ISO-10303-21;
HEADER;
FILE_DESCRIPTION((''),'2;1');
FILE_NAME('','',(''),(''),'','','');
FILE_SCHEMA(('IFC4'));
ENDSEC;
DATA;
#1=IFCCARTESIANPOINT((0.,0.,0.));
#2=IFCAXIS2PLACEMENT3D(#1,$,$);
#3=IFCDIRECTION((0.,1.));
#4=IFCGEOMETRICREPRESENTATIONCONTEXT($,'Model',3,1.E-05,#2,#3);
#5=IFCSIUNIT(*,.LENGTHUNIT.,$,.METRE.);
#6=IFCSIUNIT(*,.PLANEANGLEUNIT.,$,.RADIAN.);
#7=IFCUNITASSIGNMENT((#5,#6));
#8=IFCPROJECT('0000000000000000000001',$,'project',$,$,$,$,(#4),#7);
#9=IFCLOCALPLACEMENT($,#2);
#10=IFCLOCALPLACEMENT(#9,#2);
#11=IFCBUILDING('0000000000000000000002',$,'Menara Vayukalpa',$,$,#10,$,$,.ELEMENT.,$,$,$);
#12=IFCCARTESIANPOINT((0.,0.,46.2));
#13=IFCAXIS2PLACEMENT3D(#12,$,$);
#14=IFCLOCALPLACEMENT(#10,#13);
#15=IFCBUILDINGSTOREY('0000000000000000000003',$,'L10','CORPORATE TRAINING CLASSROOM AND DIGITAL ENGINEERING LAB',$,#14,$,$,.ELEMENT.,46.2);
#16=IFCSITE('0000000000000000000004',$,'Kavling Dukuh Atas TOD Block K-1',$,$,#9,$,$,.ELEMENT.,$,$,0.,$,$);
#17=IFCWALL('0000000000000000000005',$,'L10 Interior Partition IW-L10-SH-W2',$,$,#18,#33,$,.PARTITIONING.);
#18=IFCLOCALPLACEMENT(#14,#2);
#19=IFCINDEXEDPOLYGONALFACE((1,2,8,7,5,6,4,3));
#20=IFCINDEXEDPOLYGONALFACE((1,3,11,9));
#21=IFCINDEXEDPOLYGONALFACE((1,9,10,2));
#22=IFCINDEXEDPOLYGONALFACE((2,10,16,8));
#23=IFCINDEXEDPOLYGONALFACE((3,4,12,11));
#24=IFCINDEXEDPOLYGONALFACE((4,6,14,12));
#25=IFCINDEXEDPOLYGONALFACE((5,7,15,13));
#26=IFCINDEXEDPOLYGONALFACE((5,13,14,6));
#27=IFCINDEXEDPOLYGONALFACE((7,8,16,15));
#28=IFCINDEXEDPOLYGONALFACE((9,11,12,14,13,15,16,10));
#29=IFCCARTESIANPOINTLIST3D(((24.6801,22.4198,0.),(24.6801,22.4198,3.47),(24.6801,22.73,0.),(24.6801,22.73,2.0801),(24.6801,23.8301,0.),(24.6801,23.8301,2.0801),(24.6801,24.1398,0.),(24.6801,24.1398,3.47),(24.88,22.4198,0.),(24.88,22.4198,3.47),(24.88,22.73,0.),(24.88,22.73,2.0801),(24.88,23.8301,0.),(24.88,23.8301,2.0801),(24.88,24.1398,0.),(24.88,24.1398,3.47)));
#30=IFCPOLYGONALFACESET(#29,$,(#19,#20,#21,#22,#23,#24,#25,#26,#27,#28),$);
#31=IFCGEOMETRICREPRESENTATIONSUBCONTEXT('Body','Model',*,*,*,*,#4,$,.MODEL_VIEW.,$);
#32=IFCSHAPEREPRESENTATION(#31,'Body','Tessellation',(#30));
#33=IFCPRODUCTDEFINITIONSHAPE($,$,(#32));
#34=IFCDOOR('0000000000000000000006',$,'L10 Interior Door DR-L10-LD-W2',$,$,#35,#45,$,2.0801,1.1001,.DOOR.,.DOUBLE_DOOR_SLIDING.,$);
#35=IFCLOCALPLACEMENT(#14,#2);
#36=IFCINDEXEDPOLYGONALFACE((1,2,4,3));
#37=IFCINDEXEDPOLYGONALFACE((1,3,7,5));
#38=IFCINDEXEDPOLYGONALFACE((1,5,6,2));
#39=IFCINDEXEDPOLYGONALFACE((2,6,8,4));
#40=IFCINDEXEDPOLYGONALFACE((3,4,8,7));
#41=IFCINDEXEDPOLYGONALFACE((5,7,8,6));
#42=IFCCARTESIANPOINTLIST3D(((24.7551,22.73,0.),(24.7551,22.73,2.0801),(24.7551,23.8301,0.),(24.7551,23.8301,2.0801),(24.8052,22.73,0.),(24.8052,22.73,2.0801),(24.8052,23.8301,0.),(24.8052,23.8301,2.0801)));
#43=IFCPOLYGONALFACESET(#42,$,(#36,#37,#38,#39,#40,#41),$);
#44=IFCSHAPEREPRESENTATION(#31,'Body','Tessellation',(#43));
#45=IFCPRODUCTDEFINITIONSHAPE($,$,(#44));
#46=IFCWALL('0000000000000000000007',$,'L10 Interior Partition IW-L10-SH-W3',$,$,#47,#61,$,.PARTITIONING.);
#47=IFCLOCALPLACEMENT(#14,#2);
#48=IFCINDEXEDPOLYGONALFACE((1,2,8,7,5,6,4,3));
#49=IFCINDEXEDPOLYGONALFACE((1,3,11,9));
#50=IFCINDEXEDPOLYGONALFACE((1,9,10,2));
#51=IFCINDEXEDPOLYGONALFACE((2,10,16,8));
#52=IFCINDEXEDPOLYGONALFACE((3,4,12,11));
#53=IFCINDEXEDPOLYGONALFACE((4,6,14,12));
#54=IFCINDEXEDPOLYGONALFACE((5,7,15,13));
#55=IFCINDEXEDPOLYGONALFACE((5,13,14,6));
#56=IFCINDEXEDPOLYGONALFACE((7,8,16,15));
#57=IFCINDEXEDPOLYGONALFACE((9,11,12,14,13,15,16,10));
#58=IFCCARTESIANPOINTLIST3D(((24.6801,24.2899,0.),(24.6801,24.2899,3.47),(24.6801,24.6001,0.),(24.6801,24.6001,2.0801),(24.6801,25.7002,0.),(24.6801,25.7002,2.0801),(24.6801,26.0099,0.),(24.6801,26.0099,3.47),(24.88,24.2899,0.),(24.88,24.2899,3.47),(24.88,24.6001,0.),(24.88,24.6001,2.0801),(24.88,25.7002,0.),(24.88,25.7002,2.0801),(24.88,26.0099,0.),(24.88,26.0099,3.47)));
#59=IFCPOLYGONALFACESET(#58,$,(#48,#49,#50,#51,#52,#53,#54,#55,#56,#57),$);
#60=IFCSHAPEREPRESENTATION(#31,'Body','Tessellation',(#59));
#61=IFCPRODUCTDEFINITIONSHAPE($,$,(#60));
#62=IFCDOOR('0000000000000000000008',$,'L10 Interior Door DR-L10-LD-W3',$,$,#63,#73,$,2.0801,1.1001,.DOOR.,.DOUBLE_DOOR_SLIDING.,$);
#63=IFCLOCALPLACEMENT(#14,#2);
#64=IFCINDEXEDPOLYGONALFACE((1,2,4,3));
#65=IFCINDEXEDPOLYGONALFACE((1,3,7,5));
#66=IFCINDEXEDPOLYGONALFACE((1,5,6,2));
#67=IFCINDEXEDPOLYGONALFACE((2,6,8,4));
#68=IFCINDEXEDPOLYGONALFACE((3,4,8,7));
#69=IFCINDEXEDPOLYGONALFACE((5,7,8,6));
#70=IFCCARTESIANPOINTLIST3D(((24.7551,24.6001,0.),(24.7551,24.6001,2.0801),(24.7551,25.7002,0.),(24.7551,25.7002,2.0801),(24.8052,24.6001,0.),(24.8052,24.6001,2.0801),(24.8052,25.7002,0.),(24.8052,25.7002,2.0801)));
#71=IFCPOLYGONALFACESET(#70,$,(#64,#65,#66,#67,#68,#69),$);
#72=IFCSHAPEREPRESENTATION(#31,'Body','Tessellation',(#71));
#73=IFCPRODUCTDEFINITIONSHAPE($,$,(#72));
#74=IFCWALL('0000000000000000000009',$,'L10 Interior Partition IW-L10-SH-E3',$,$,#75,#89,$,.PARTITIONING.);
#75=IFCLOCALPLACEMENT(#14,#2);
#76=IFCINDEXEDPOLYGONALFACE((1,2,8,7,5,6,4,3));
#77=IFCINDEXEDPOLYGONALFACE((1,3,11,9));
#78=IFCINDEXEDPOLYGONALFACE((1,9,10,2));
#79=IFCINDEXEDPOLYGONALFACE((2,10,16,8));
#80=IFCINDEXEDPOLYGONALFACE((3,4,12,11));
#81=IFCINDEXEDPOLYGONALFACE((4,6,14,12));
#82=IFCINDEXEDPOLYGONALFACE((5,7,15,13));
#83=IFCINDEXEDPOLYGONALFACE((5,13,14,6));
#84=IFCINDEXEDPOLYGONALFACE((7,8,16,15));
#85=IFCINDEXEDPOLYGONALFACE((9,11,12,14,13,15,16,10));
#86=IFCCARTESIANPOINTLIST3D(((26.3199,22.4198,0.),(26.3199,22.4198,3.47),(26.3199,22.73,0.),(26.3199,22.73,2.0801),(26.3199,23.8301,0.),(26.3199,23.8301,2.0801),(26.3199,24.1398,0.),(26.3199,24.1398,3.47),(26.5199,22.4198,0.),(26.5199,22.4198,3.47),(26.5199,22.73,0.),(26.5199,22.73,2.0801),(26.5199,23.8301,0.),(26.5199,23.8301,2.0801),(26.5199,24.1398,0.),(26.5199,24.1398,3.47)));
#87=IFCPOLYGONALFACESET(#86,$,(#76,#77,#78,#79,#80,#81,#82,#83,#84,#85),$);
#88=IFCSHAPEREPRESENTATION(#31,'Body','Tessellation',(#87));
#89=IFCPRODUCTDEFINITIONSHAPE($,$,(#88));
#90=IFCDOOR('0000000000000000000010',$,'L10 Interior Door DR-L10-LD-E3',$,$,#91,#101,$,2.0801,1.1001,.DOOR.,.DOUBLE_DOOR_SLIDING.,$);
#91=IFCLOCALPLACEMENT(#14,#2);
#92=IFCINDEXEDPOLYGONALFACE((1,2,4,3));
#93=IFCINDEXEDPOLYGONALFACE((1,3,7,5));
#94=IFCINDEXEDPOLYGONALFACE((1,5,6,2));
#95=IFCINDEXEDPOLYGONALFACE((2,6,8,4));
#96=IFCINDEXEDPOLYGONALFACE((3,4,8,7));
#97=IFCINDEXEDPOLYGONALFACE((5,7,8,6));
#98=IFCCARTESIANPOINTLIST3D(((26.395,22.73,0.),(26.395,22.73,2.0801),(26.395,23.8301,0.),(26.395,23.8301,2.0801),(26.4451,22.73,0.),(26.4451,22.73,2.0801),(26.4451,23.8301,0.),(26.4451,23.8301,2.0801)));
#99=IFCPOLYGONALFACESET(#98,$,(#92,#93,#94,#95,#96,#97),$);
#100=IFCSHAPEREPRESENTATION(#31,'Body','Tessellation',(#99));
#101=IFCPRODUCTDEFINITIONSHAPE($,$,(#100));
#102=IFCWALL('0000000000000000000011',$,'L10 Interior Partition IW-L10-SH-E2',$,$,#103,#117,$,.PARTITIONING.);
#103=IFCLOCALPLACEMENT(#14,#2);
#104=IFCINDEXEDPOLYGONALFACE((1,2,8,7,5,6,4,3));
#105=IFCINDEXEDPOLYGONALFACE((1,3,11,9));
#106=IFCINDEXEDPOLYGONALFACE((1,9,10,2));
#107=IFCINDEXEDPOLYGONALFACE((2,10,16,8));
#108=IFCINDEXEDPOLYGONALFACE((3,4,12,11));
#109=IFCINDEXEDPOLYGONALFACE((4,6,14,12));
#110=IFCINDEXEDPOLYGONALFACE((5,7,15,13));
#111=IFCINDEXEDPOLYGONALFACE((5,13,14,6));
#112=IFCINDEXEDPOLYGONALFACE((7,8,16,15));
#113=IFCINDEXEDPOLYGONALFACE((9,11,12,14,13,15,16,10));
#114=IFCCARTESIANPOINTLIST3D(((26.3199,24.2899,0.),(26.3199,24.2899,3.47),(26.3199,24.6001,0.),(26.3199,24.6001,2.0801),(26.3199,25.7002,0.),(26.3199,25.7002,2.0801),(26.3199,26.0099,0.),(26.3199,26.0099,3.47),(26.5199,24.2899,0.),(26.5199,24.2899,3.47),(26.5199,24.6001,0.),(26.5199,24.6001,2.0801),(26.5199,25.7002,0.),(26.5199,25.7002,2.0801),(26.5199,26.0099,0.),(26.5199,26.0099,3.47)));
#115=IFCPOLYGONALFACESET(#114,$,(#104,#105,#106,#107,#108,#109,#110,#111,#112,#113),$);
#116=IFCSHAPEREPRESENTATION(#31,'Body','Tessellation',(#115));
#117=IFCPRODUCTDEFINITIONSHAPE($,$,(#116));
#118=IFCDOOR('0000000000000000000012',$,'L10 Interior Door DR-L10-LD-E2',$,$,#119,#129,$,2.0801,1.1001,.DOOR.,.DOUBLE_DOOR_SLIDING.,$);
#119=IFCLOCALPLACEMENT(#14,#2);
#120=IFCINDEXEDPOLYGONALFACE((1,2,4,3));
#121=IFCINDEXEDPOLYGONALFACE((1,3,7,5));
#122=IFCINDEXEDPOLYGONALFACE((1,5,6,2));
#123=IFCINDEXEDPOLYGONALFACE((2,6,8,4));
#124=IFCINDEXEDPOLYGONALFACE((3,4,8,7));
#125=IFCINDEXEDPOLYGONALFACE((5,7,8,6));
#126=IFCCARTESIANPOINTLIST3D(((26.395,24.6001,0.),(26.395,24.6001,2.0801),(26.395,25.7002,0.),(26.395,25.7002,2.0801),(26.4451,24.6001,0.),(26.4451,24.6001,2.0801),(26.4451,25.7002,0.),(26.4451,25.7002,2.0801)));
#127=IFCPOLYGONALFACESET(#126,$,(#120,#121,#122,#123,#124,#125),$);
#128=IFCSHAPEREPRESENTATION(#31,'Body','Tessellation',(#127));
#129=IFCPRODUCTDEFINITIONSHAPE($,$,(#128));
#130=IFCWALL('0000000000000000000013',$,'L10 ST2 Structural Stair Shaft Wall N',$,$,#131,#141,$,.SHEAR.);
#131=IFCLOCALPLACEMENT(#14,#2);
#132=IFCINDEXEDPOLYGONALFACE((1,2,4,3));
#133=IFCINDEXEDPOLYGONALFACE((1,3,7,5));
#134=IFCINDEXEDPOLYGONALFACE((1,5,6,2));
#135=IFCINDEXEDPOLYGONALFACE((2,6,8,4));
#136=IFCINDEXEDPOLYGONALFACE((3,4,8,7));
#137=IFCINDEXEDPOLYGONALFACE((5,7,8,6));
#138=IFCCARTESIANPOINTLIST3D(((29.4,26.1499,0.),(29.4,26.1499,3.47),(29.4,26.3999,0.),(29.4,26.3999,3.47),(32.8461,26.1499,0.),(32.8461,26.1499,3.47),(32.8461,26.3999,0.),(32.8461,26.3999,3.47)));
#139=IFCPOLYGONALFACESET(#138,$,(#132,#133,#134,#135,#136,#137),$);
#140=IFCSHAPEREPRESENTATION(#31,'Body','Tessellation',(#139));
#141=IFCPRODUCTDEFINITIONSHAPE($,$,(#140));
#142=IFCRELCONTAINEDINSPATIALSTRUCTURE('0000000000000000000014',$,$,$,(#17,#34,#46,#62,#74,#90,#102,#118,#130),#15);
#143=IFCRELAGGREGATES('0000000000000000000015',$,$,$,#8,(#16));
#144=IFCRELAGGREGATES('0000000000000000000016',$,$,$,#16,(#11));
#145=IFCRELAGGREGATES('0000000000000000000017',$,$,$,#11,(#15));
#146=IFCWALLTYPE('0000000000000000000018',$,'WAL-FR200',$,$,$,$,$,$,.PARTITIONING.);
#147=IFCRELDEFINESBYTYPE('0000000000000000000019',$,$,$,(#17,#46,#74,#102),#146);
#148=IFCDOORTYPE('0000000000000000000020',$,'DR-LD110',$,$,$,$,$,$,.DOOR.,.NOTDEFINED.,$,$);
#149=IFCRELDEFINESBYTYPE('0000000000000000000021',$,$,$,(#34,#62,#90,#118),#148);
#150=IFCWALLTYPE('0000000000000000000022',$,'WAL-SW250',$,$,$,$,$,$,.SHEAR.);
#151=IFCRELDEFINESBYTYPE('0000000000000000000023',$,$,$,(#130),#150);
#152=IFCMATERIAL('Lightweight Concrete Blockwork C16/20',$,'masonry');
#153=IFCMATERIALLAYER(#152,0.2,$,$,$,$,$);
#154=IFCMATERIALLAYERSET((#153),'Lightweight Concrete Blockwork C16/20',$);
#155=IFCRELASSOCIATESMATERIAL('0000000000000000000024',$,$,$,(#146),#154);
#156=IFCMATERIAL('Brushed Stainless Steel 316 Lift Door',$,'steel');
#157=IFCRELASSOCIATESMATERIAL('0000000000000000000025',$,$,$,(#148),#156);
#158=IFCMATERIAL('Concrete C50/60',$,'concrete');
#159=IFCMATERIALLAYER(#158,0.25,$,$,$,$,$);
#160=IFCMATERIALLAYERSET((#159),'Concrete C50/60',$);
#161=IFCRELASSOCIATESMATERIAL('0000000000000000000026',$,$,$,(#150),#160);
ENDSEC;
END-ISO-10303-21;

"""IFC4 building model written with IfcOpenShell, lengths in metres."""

from ifc_helpers import new_model, si_unit, direction, frame, frame_2d, origin, place, context, subcontext, project, spatial, rectangle, extrude, material, layer, layer_set, type_object, element, fill, save


model = new_model("IFC4")

# Units and contexts
model_context = context("Model", 3, precision=1e-05, world=origin(), true_north=direction((0.0, 1.0)))
body_context = subcontext(model_context, "Body", "Model", "MODEL_VIEW")
ifc_project = project(units=[si_unit("LENGTHUNIT", "METRE"), si_unit("PLANEANGLEUNIT", "RADIAN")], contexts=[model_context])

# Site, building, storey
site_placement = place(None, origin())
site = spatial("IfcSite", under=ifc_project, at=site_placement, Name="Kavling Dukuh Atas TOD Block K-1", CompositionType="ELEMENT", RefElevation=0.0)
building_placement = place(site_placement, origin())
building = spatial("IfcBuilding", under=site, at=building_placement, Name="Menara Vayukalpa", CompositionType="ELEMENT")
storey_placement = place(building_placement, frame((0.0, 0.0, 46.2)))
storey = spatial("IfcBuildingStorey", under=building, at=storey_placement, Name="L10", Description="CORPORATE TRAINING CLASSROOM AND DIGITAL ENGINEERING LAB", CompositionType="ELEMENT", Elevation=46.2)

# Walls, openings, doors
ifc_material_1 = material(Name="Lightweight Concrete Blockwork C16/20", Category="masonry")
ifc_layer_1 = layer(ifc_material_1, 0.2)
ifc_layer_set_1 = layer_set([ifc_layer_1], Name="Lightweight Concrete Blockwork C16/20")
wall_type_1 = type_object("IfcWallType", Name="WAL-FR200", PredefinedType="PARTITIONING", material=ifc_layer_set_1)
ifc_material_2 = material(Name="Brushed Stainless Steel 316 Lift Door", Category="steel")
door_type = type_object("IfcDoorType", Name="DR-LD110", OperationType="NOTDEFINED", PredefinedType="DOOR", material=ifc_material_2)
wall_1_placement = place(storey_placement, frame((24.78, 22.4199, 0.0), z_axis=(0.0, 0.0, 1.0), x_axis=(0.0, 1.0, 0.0)))
wall_1 = element("IfcWall", 1, at=wall_1_placement, inside=storey, type_object=wall_type_1, Name="L10 Interior Partition IW-L10-SH-W2", PredefinedType="PARTITIONING", context=body_context, shape_type="SweptSolid", body=[
    extrude(rectangle(XDim=1.72, YDim=0.2, at=frame_2d((0.8599, 0.0))), origin(), (0.0, 0.0, 1.0), 3.47),
])
opening_1_placement = place(wall_1_placement, frame((0.3101, 0.0, 0.0)))
opening_1 = element("IfcOpeningElement", 2, at=opening_1_placement, cuts=wall_1, PredefinedType="OPENING", context=body_context, shape_type="SweptSolid", body=[
    extrude(rectangle(XDim=1.1001, YDim=2.0801, at=frame_2d((0.55, 1.04))), frame((0.0, 0.1099, 0.0), z_axis=(0.0, -1.0, 0.0), x_axis=(1.0, 0.0, 0.0)), (0.0, 0.0, 1.0), 0.22),
])
door_1_placement = place(opening_1_placement, origin())
door_1 = element("IfcDoor", 3, at=door_1_placement, inside=storey, type_object=door_type, Name="L10 Interior Door DR-L10-LD-W2", OperationType="DOUBLE_DOOR_SLIDING", OverallHeight=2.0801, OverallWidth=1.1001, PredefinedType="DOOR", context=body_context, shape_type="SweptSolid", body=[
    extrude(rectangle(XDim=1.1001, YDim=2.0801, at=frame_2d((0.55, 1.04))), frame((0.0, 0.0249, 0.0), z_axis=(0.0, -1.0, 0.0), x_axis=(1.0, 0.0, 0.0)), (0.0, 0.0, 1.0), 0.05),
])
fill(opening_1, door_1)
wall_2_placement = place(storey_placement, frame((24.78, 24.29, 0.0), z_axis=(0.0, 0.0, 1.0), x_axis=(0.0, 1.0, 0.0)))
wall_2 = element("IfcWall", 4, at=wall_2_placement, inside=storey, type_object=wall_type_1, Name="L10 Interior Partition IW-L10-SH-W3", PredefinedType="PARTITIONING", context=body_context, shape_type="SweptSolid", body=[
    extrude(rectangle(XDim=1.72, YDim=0.2, at=frame_2d((0.8599, 0.0))), origin(), (0.0, 0.0, 1.0), 3.47),
])
opening_2_placement = place(wall_2_placement, frame((0.3101, 0.0, 0.0)))
opening_2 = element("IfcOpeningElement", 5, at=opening_2_placement, cuts=wall_2, PredefinedType="OPENING", context=body_context, shape_type="SweptSolid", body=[
    extrude(rectangle(XDim=1.1001, YDim=2.0801, at=frame_2d((0.55, 1.04))), frame((0.0, 0.1099, 0.0), z_axis=(0.0, -1.0, 0.0), x_axis=(1.0, 0.0, 0.0)), (0.0, 0.0, 1.0), 0.22),
])
door_2_placement = place(opening_2_placement, origin())
door_2 = element("IfcDoor", 6, at=door_2_placement, inside=storey, type_object=door_type, Name="L10 Interior Door DR-L10-LD-W3", OperationType="DOUBLE_DOOR_SLIDING", OverallHeight=2.0801, OverallWidth=1.1001, PredefinedType="DOOR", context=body_context, shape_type="SweptSolid", body=[
    extrude(rectangle(XDim=1.1001, YDim=2.0801, at=frame_2d((0.55, 1.04))), frame((0.0, 0.0249, 0.0), z_axis=(0.0, -1.0, 0.0), x_axis=(1.0, 0.0, 0.0)), (0.0, 0.0, 1.0), 0.05),
])
fill(opening_2, door_2)
wall_3_placement = place(storey_placement, frame((26.4199, 22.4199, 0.0), z_axis=(0.0, 0.0, 1.0), x_axis=(0.0, 1.0, 0.0)))
wall_3 = element("IfcWall", 7, at=wall_3_placement, inside=storey, type_object=wall_type_1, Name="L10 Interior Partition IW-L10-SH-E3", PredefinedType="PARTITIONING", context=body_context, shape_type="SweptSolid", body=[
    extrude(rectangle(XDim=1.72, YDim=0.2, at=frame_2d((0.8599, 0.0))), origin(), (0.0, 0.0, 1.0), 3.47),
])
opening_3_placement = place(wall_3_placement, frame((0.3101, 0.0, 0.0)))
opening_3 = element("IfcOpeningElement", 8, at=opening_3_placement, cuts=wall_3, PredefinedType="OPENING", context=body_context, shape_type="SweptSolid", body=[
    extrude(rectangle(XDim=1.1001, YDim=2.0801, at=frame_2d((0.55, 1.04))), frame((0.0, 0.1099, 0.0), z_axis=(0.0, -1.0, 0.0), x_axis=(1.0, 0.0, 0.0)), (0.0, 0.0, 1.0), 0.22),
])
door_3_placement = place(opening_3_placement, origin())
door_3 = element("IfcDoor", 9, at=door_3_placement, inside=storey, type_object=door_type, Name="L10 Interior Door DR-L10-LD-E3", OperationType="DOUBLE_DOOR_SLIDING", OverallHeight=2.0801, OverallWidth=1.1001, PredefinedType="DOOR", context=body_context, shape_type="SweptSolid", body=[
    extrude(rectangle(XDim=1.1001, YDim=2.0801, at=frame_2d((0.55, 1.04))), frame((0.0, 0.0249, 0.0), z_axis=(0.0, -1.0, 0.0), x_axis=(1.0, 0.0, 0.0)), (0.0, 0.0, 1.0), 0.05),
])
fill(opening_3, door_3)
wall_4_placement = place(storey_placement, frame((26.4199, 24.29, 0.0), z_axis=(0.0, 0.0, 1.0), x_axis=(0.0, 1.0, 0.0)))
wall_4 = element("IfcWall", 10, at=wall_4_placement, inside=storey, type_object=wall_type_1, Name="L10 Interior Partition IW-L10-SH-E2", PredefinedType="PARTITIONING", context=body_context, shape_type="SweptSolid", body=[
    extrude(rectangle(XDim=1.72, YDim=0.2, at=frame_2d((0.8599, 0.0))), origin(), (0.0, 0.0, 1.0), 3.47),
])
opening_4_placement = place(wall_4_placement, frame((0.3101, 0.0, 0.0)))
opening_4 = element("IfcOpeningElement", 11, at=opening_4_placement, cuts=wall_4, PredefinedType="OPENING", context=body_context, shape_type="SweptSolid", body=[
    extrude(rectangle(XDim=1.1001, YDim=2.0801, at=frame_2d((0.55, 1.04))), frame((0.0, 0.1099, 0.0), z_axis=(0.0, -1.0, 0.0), x_axis=(1.0, 0.0, 0.0)), (0.0, 0.0, 1.0), 0.22),
])
door_4_placement = place(opening_4_placement, origin())
door_4 = element("IfcDoor", 12, at=door_4_placement, inside=storey, type_object=door_type, Name="L10 Interior Door DR-L10-LD-E2", OperationType="DOUBLE_DOOR_SLIDING", OverallHeight=2.0801, OverallWidth=1.1001, PredefinedType="DOOR", context=body_context, shape_type="SweptSolid", body=[
    extrude(rectangle(XDim=1.1001, YDim=2.0801, at=frame_2d((0.55, 1.04))), frame((0.0, 0.0249, 0.0), z_axis=(0.0, -1.0, 0.0), x_axis=(1.0, 0.0, 0.0)), (0.0, 0.0, 1.0), 0.05),
])
fill(opening_4, door_4)

# Wall
ifc_material_3 = material(Name="Concrete C50/60", Category="concrete")
ifc_layer_2 = layer(ifc_material_3, 0.25)
ifc_layer_set_2 = layer_set([ifc_layer_2], Name="Concrete C50/60")
wall_type_2 = type_object("IfcWallType", Name="WAL-SW250", PredefinedType="SHEAR", material=ifc_layer_set_2)
wall_5_placement = place(storey_placement, frame((29.3999, 26.2749, 0.0), z_axis=(0.0, 0.0, 1.0), x_axis=(1.0, 0.0, 0.0)))
element("IfcWall", 13, at=wall_5_placement, inside=storey, type_object=wall_type_2, Name="L10 ST2 Structural Stair Shaft Wall N", PredefinedType="SHEAR", context=body_context, shape_type="SweptSolid", body=[
    extrude(rectangle(XDim=3.446, YDim=0.25, at=frame_2d((1.7231, 0.0))), origin(), (0.0, 0.0, 1.0), 3.47),
])

save(model, "model.ifc")
